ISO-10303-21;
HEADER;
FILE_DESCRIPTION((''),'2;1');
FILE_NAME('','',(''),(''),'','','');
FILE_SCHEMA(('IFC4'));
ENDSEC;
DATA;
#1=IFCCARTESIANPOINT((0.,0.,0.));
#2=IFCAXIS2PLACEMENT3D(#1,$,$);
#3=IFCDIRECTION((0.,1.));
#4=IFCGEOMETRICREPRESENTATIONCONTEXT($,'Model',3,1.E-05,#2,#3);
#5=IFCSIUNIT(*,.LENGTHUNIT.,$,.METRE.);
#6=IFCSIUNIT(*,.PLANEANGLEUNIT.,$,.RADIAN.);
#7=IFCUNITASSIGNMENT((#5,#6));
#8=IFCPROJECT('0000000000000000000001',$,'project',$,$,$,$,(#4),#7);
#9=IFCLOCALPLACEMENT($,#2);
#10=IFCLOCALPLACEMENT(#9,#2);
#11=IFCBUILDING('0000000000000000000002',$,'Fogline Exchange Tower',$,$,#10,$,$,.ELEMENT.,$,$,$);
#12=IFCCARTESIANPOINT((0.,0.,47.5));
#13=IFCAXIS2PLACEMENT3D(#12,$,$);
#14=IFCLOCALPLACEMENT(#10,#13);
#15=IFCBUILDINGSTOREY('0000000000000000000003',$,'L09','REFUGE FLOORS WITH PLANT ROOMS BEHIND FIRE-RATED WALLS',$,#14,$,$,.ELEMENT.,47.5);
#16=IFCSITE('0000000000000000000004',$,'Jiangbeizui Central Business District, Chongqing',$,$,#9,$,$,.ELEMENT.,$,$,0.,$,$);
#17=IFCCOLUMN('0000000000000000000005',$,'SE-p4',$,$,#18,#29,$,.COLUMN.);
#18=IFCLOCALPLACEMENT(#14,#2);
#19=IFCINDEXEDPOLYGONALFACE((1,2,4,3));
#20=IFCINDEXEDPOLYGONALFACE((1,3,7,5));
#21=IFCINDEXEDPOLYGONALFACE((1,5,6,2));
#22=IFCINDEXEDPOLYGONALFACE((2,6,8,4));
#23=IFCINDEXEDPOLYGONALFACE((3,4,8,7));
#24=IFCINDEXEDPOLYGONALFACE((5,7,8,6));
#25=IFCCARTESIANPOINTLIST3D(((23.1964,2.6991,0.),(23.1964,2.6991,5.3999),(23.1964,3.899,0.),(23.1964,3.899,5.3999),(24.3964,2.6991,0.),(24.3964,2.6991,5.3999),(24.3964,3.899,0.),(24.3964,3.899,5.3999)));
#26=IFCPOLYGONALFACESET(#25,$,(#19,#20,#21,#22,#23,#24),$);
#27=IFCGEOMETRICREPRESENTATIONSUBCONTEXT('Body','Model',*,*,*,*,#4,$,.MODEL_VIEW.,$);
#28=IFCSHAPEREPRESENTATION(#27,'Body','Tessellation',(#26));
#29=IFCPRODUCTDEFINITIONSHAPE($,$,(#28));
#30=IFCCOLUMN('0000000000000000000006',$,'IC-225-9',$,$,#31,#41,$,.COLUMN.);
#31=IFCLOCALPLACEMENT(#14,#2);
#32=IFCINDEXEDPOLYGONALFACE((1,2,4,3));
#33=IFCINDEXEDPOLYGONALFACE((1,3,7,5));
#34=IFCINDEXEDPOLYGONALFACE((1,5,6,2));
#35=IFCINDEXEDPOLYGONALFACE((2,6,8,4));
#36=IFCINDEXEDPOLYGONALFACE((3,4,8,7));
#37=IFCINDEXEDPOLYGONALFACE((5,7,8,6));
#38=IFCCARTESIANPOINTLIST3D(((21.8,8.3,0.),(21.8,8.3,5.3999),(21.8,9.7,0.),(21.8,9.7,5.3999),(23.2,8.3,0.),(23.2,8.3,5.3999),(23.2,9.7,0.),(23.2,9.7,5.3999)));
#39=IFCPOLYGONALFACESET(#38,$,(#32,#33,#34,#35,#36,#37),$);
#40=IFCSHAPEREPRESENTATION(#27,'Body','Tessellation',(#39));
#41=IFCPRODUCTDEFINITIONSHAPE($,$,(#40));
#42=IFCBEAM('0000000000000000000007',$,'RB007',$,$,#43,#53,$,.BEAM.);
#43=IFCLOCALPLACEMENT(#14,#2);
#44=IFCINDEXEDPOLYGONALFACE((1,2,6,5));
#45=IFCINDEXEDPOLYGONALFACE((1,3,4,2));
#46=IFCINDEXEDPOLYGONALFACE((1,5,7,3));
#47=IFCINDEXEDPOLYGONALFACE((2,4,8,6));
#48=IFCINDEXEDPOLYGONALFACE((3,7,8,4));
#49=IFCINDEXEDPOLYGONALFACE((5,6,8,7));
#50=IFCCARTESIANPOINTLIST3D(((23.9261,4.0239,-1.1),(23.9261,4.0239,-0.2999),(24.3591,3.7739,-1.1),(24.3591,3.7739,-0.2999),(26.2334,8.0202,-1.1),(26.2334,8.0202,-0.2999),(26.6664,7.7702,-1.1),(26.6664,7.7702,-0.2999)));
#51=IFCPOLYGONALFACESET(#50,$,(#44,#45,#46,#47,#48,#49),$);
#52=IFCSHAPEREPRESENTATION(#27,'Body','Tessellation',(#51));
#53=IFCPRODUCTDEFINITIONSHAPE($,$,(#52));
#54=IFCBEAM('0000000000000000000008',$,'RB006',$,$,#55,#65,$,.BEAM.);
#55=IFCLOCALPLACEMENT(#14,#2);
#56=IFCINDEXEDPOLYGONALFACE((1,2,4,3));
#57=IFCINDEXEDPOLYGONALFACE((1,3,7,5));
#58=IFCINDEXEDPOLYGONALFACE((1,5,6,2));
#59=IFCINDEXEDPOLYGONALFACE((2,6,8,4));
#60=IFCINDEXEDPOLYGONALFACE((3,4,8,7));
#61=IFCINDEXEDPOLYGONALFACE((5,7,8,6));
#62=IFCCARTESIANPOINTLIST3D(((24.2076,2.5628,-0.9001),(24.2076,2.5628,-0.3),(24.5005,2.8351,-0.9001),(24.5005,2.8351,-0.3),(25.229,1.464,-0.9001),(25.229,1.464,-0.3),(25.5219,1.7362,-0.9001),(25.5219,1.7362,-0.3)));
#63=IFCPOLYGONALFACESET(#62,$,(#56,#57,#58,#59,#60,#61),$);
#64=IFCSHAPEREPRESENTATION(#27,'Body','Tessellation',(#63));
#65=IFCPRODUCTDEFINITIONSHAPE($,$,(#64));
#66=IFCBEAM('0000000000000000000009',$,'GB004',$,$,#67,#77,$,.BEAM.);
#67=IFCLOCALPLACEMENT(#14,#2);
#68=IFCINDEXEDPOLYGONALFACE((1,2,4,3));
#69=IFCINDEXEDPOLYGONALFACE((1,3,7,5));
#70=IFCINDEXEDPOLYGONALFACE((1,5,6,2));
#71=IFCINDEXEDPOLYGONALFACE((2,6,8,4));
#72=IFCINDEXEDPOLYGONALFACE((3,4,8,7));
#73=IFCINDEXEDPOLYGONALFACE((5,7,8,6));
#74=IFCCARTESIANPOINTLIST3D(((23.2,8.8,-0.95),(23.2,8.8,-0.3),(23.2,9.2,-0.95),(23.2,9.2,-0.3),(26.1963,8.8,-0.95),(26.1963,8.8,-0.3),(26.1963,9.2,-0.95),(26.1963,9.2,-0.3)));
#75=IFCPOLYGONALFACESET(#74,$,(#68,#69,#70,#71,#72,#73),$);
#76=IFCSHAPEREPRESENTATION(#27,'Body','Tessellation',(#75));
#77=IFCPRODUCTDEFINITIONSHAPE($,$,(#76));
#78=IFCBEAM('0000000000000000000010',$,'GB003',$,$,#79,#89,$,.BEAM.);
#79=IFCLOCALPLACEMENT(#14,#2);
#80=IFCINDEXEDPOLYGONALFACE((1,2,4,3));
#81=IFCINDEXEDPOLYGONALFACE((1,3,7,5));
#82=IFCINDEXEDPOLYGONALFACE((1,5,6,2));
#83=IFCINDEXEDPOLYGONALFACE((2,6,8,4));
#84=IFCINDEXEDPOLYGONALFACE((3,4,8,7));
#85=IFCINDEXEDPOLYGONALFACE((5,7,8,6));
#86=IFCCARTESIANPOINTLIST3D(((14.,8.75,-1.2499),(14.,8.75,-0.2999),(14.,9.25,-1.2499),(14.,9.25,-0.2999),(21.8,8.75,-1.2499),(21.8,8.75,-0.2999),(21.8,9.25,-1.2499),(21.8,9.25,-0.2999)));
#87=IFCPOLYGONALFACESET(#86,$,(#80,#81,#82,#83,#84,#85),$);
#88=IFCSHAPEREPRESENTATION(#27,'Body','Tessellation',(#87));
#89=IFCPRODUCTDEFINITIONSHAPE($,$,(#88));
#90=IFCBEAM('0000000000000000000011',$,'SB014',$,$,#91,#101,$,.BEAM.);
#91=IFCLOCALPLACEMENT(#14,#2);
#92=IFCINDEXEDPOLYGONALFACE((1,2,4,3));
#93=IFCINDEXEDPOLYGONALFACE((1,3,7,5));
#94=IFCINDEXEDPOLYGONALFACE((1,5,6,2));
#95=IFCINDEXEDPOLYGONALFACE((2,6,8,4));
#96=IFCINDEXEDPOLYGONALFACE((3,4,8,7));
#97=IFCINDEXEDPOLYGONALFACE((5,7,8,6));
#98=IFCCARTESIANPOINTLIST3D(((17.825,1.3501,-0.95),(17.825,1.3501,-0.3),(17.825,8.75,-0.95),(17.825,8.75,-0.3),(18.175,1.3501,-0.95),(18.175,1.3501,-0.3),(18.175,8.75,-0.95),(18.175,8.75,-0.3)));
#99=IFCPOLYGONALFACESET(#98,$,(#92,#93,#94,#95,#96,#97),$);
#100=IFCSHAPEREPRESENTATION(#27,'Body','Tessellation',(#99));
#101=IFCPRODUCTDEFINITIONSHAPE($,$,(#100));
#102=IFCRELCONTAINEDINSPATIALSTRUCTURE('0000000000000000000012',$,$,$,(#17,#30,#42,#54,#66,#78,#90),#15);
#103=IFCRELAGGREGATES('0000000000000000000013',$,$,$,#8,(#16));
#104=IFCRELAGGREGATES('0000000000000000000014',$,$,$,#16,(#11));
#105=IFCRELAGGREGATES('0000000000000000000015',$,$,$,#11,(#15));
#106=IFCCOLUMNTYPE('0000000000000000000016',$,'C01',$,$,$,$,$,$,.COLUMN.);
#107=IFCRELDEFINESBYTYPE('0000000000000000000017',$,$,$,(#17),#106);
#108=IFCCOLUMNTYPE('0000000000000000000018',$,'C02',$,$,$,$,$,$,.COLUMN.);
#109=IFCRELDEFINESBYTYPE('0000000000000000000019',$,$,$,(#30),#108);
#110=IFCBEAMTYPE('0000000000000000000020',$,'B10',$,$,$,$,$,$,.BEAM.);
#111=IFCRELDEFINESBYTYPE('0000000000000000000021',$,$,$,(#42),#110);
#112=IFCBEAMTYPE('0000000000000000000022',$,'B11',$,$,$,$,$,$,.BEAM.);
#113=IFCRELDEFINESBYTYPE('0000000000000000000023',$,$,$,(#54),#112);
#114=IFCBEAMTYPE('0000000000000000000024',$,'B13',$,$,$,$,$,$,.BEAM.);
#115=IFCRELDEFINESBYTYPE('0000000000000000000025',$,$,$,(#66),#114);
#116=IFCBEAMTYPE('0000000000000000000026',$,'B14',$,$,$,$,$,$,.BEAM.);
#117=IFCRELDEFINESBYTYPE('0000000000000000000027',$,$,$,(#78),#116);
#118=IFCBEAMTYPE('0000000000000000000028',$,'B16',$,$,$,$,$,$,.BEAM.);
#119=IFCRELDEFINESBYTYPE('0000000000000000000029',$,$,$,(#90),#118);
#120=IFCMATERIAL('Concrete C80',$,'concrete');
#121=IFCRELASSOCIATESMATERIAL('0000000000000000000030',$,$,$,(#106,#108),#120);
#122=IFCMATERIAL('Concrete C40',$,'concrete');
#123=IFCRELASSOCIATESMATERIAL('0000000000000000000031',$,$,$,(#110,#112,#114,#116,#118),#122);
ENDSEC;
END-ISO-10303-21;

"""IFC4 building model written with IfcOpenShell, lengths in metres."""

from ifc_helpers import new_model, si_unit, direction, frame, origin, origin_2d, place, context, subcontext, project, spatial, rectangle, extrude, material, material_profile, profile_set, type_object, element, save


model = new_model("IFC4")

# Units and contexts
model_context = context("Model", 3, precision=1e-05, world=origin(), true_north=direction((0.0, 1.0)))
body_context = subcontext(model_context, "Body", "Model", "MODEL_VIEW")
ifc_project = project(units=[si_unit("LENGTHUNIT", "METRE"), si_unit("PLANEANGLEUNIT", "RADIAN")], contexts=[model_context])

# Site, building, storey
site_placement = place(None, origin())
site = spatial("IfcSite", under=ifc_project, at=site_placement, Name="Jiangbeizui Central Business District, Chongqing", CompositionType="ELEMENT", RefElevation=0.0)
building_placement = place(site_placement, origin())
building = spatial("IfcBuilding", under=site, at=building_placement, Name="Fogline Exchange Tower", CompositionType="ELEMENT")
storey_placement = place(building_placement, frame((0.0, 0.0, 47.5)))
storey = spatial("IfcBuildingStorey", under=building, at=storey_placement, Name="L09", Description="REFUGE FLOORS WITH PLANT ROOMS BEHIND FIRE-RATED WALLS", CompositionType="ELEMENT", Elevation=47.5)

# Columns
ifc_material_1 = material(Name="Concrete C80", Category="concrete")
ifc_material_profile_1 = material_profile(ifc_material_1, rectangle(XDim=1.2, YDim=1.2, at=origin_2d()), Name="RC 1200x1200")
ifc_profile_set_1 = profile_set([ifc_material_profile_1], Name="Concrete C80")
column_type_1 = type_object("IfcColumnType", Name="C01", PredefinedType="COLUMN", material=ifc_profile_set_1)
column_1_placement = place(storey_placement, frame((23.7964, 3.2991, 0.0), z_axis=(0.0, 0.0, 1.0), x_axis=(1.0, 0.0, 0.0)))
element("IfcColumn", 1, at=column_1_placement, inside=storey, type_object=column_type_1, Name="SE-p4", PredefinedType="COLUMN", context=body_context, shape_type="SweptSolid", body=[
    extrude(rectangle(XDim=1.2, YDim=1.2, at=origin_2d()), origin(), (0.0, 0.0, 1.0), 5.3999),
])
ifc_material_profile_2 = material_profile(ifc_material_1, rectangle(XDim=1.3999, YDim=1.3999, at=origin_2d()), Name="RC 1400x1400")
ifc_profile_set_2 = profile_set([ifc_material_profile_2], Name="Concrete C80")
column_type_2 = type_object("IfcColumnType", Name="C02", PredefinedType="COLUMN", material=ifc_profile_set_2)
column_2_placement = place(storey_placement, frame((22.5, 9.0, 0.0), z_axis=(0.0, 0.0, 1.0), x_axis=(1.0, 0.0, 0.0)))
element("IfcColumn", 2, at=column_2_placement, inside=storey, type_object=column_type_2, Name="IC-225-9", PredefinedType="COLUMN", context=body_context, shape_type="SweptSolid", body=[
    extrude(rectangle(XDim=1.3999, YDim=1.3999, at=origin_2d()), origin(), (0.0, 0.0, 1.0), 5.3999),
])

# Beams
ifc_material_2 = material(Name="Concrete C40", Category="concrete")
ifc_material_profile_3 = material_profile(ifc_material_2, rectangle(XDim=0.5, YDim=0.8, at=origin_2d()), Name="RC 500x800")
ifc_profile_set_3 = profile_set([ifc_material_profile_3], Name="Concrete C40")
beam_type_1 = type_object("IfcBeamType", Name="B10", PredefinedType="BEAM", material=ifc_profile_set_3)
beam_1_placement = place(storey_placement, frame((24.1426, 3.8989, -0.7), z_axis=(0.500014, 0.866017, 0.0), x_axis=(-0.866017, 0.500014, 0.0)))
element("IfcBeam", 3, at=beam_1_placement, inside=storey, type_object=beam_type_1, Name="RB007", PredefinedType="BEAM", context=body_context, shape_type="SweptSolid", body=[
    extrude(rectangle(XDim=0.5, YDim=0.8, at=origin_2d()), origin(), (0.0, 0.0, 1.0), 4.6145),
])
ifc_material_profile_4 = material_profile(ifc_material_2, rectangle(XDim=0.3999, YDim=0.6001, at=origin_2d()), Name="RC 400x600")
ifc_profile_set_4 = profile_set([ifc_material_profile_4], Name="Concrete C40")
beam_type_2 = type_object("IfcBeamType", Name="B11", PredefinedType="BEAM", material=ifc_profile_set_4)
beam_2_placement = place(storey_placement, frame((25.3755, 1.6001, -0.6001), z_axis=(-0.680844, 0.732428, 0.0), x_axis=(-0.732428, -0.680844, 0.0)))
element("IfcBeam", 4, at=beam_2_placement, inside=storey, type_object=beam_type_2, Name="RB006", PredefinedType="BEAM", context=body_context, shape_type="SweptSolid", body=[
    extrude(rectangle(XDim=0.3999, YDim=0.6001, at=origin_2d()), origin(), (0.0, 0.0, 1.0), 1.5002),
])
ifc_material_profile_5 = material_profile(ifc_material_2, rectangle(XDim=0.3999, YDim=0.6499, at=origin_2d()), Name="RC 400x650")
ifc_profile_set_5 = profile_set([ifc_material_profile_5], Name="Concrete C40")
beam_type_3 = type_object("IfcBeamType", Name="B13", PredefinedType="BEAM", material=ifc_profile_set_5)
beam_3_placement = place(storey_placement, frame((23.2, 9.0, -0.625), z_axis=(1.0, 0.0, 0.0), x_axis=(0.0, 1.0, 0.0)))
element("IfcBeam", 5, at=beam_3_placement, inside=storey, type_object=beam_type_3, Name="GB004", PredefinedType="BEAM", context=body_context, shape_type="SweptSolid", body=[
    extrude(rectangle(XDim=0.3999, YDim=0.6499, at=origin_2d()), origin(), (0.0, 0.0, 1.0), 2.9963),
])
ifc_material_profile_6 = material_profile(ifc_material_2, rectangle(XDim=0.5, YDim=0.95, at=origin_2d()), Name="RC 500x950")
ifc_profile_set_6 = profile_set([ifc_material_profile_6], Name="Concrete C40")
beam_type_4 = type_object("IfcBeamType", Name="B14", PredefinedType="BEAM", material=ifc_profile_set_6)
beam_4_placement = place(storey_placement, frame((14.0, 9.0, -0.7749), z_axis=(1.0, 0.0, 0.0), x_axis=(0.0, 1.0, 0.0)))
element("IfcBeam", 6, at=beam_4_placement, inside=storey, type_object=beam_type_4, Name="GB003", PredefinedType="BEAM", context=body_context, shape_type="SweptSolid", body=[
    extrude(rectangle(XDim=0.5, YDim=0.95, at=origin_2d()), origin(), (0.0, 0.0, 1.0), 7.8),
])
ifc_material_profile_7 = material_profile(ifc_material_2, rectangle(XDim=0.3501, YDim=0.6499, at=origin_2d()), Name="RC 350x650")
ifc_profile_set_7 = profile_set([ifc_material_profile_7], Name="Concrete C40")
beam_type_5 = type_object("IfcBeamType", Name="B16", PredefinedType="BEAM", material=ifc_profile_set_7)
beam_5_placement = place(storey_placement, frame((18.0, 1.3501, -0.625), z_axis=(0.0, 1.0, 0.0), x_axis=(-1.0, 0.0, 0.0)))
element("IfcBeam", 7, at=beam_5_placement, inside=storey, type_object=beam_type_5, Name="SB014", PredefinedType="BEAM", context=body_context, shape_type="SweptSolid", body=[
    extrude(rectangle(XDim=0.3501, YDim=0.6499, at=origin_2d()), origin(), (0.0, 0.0, 1.0), 7.3999),
])

save(model, "model.ifc")
